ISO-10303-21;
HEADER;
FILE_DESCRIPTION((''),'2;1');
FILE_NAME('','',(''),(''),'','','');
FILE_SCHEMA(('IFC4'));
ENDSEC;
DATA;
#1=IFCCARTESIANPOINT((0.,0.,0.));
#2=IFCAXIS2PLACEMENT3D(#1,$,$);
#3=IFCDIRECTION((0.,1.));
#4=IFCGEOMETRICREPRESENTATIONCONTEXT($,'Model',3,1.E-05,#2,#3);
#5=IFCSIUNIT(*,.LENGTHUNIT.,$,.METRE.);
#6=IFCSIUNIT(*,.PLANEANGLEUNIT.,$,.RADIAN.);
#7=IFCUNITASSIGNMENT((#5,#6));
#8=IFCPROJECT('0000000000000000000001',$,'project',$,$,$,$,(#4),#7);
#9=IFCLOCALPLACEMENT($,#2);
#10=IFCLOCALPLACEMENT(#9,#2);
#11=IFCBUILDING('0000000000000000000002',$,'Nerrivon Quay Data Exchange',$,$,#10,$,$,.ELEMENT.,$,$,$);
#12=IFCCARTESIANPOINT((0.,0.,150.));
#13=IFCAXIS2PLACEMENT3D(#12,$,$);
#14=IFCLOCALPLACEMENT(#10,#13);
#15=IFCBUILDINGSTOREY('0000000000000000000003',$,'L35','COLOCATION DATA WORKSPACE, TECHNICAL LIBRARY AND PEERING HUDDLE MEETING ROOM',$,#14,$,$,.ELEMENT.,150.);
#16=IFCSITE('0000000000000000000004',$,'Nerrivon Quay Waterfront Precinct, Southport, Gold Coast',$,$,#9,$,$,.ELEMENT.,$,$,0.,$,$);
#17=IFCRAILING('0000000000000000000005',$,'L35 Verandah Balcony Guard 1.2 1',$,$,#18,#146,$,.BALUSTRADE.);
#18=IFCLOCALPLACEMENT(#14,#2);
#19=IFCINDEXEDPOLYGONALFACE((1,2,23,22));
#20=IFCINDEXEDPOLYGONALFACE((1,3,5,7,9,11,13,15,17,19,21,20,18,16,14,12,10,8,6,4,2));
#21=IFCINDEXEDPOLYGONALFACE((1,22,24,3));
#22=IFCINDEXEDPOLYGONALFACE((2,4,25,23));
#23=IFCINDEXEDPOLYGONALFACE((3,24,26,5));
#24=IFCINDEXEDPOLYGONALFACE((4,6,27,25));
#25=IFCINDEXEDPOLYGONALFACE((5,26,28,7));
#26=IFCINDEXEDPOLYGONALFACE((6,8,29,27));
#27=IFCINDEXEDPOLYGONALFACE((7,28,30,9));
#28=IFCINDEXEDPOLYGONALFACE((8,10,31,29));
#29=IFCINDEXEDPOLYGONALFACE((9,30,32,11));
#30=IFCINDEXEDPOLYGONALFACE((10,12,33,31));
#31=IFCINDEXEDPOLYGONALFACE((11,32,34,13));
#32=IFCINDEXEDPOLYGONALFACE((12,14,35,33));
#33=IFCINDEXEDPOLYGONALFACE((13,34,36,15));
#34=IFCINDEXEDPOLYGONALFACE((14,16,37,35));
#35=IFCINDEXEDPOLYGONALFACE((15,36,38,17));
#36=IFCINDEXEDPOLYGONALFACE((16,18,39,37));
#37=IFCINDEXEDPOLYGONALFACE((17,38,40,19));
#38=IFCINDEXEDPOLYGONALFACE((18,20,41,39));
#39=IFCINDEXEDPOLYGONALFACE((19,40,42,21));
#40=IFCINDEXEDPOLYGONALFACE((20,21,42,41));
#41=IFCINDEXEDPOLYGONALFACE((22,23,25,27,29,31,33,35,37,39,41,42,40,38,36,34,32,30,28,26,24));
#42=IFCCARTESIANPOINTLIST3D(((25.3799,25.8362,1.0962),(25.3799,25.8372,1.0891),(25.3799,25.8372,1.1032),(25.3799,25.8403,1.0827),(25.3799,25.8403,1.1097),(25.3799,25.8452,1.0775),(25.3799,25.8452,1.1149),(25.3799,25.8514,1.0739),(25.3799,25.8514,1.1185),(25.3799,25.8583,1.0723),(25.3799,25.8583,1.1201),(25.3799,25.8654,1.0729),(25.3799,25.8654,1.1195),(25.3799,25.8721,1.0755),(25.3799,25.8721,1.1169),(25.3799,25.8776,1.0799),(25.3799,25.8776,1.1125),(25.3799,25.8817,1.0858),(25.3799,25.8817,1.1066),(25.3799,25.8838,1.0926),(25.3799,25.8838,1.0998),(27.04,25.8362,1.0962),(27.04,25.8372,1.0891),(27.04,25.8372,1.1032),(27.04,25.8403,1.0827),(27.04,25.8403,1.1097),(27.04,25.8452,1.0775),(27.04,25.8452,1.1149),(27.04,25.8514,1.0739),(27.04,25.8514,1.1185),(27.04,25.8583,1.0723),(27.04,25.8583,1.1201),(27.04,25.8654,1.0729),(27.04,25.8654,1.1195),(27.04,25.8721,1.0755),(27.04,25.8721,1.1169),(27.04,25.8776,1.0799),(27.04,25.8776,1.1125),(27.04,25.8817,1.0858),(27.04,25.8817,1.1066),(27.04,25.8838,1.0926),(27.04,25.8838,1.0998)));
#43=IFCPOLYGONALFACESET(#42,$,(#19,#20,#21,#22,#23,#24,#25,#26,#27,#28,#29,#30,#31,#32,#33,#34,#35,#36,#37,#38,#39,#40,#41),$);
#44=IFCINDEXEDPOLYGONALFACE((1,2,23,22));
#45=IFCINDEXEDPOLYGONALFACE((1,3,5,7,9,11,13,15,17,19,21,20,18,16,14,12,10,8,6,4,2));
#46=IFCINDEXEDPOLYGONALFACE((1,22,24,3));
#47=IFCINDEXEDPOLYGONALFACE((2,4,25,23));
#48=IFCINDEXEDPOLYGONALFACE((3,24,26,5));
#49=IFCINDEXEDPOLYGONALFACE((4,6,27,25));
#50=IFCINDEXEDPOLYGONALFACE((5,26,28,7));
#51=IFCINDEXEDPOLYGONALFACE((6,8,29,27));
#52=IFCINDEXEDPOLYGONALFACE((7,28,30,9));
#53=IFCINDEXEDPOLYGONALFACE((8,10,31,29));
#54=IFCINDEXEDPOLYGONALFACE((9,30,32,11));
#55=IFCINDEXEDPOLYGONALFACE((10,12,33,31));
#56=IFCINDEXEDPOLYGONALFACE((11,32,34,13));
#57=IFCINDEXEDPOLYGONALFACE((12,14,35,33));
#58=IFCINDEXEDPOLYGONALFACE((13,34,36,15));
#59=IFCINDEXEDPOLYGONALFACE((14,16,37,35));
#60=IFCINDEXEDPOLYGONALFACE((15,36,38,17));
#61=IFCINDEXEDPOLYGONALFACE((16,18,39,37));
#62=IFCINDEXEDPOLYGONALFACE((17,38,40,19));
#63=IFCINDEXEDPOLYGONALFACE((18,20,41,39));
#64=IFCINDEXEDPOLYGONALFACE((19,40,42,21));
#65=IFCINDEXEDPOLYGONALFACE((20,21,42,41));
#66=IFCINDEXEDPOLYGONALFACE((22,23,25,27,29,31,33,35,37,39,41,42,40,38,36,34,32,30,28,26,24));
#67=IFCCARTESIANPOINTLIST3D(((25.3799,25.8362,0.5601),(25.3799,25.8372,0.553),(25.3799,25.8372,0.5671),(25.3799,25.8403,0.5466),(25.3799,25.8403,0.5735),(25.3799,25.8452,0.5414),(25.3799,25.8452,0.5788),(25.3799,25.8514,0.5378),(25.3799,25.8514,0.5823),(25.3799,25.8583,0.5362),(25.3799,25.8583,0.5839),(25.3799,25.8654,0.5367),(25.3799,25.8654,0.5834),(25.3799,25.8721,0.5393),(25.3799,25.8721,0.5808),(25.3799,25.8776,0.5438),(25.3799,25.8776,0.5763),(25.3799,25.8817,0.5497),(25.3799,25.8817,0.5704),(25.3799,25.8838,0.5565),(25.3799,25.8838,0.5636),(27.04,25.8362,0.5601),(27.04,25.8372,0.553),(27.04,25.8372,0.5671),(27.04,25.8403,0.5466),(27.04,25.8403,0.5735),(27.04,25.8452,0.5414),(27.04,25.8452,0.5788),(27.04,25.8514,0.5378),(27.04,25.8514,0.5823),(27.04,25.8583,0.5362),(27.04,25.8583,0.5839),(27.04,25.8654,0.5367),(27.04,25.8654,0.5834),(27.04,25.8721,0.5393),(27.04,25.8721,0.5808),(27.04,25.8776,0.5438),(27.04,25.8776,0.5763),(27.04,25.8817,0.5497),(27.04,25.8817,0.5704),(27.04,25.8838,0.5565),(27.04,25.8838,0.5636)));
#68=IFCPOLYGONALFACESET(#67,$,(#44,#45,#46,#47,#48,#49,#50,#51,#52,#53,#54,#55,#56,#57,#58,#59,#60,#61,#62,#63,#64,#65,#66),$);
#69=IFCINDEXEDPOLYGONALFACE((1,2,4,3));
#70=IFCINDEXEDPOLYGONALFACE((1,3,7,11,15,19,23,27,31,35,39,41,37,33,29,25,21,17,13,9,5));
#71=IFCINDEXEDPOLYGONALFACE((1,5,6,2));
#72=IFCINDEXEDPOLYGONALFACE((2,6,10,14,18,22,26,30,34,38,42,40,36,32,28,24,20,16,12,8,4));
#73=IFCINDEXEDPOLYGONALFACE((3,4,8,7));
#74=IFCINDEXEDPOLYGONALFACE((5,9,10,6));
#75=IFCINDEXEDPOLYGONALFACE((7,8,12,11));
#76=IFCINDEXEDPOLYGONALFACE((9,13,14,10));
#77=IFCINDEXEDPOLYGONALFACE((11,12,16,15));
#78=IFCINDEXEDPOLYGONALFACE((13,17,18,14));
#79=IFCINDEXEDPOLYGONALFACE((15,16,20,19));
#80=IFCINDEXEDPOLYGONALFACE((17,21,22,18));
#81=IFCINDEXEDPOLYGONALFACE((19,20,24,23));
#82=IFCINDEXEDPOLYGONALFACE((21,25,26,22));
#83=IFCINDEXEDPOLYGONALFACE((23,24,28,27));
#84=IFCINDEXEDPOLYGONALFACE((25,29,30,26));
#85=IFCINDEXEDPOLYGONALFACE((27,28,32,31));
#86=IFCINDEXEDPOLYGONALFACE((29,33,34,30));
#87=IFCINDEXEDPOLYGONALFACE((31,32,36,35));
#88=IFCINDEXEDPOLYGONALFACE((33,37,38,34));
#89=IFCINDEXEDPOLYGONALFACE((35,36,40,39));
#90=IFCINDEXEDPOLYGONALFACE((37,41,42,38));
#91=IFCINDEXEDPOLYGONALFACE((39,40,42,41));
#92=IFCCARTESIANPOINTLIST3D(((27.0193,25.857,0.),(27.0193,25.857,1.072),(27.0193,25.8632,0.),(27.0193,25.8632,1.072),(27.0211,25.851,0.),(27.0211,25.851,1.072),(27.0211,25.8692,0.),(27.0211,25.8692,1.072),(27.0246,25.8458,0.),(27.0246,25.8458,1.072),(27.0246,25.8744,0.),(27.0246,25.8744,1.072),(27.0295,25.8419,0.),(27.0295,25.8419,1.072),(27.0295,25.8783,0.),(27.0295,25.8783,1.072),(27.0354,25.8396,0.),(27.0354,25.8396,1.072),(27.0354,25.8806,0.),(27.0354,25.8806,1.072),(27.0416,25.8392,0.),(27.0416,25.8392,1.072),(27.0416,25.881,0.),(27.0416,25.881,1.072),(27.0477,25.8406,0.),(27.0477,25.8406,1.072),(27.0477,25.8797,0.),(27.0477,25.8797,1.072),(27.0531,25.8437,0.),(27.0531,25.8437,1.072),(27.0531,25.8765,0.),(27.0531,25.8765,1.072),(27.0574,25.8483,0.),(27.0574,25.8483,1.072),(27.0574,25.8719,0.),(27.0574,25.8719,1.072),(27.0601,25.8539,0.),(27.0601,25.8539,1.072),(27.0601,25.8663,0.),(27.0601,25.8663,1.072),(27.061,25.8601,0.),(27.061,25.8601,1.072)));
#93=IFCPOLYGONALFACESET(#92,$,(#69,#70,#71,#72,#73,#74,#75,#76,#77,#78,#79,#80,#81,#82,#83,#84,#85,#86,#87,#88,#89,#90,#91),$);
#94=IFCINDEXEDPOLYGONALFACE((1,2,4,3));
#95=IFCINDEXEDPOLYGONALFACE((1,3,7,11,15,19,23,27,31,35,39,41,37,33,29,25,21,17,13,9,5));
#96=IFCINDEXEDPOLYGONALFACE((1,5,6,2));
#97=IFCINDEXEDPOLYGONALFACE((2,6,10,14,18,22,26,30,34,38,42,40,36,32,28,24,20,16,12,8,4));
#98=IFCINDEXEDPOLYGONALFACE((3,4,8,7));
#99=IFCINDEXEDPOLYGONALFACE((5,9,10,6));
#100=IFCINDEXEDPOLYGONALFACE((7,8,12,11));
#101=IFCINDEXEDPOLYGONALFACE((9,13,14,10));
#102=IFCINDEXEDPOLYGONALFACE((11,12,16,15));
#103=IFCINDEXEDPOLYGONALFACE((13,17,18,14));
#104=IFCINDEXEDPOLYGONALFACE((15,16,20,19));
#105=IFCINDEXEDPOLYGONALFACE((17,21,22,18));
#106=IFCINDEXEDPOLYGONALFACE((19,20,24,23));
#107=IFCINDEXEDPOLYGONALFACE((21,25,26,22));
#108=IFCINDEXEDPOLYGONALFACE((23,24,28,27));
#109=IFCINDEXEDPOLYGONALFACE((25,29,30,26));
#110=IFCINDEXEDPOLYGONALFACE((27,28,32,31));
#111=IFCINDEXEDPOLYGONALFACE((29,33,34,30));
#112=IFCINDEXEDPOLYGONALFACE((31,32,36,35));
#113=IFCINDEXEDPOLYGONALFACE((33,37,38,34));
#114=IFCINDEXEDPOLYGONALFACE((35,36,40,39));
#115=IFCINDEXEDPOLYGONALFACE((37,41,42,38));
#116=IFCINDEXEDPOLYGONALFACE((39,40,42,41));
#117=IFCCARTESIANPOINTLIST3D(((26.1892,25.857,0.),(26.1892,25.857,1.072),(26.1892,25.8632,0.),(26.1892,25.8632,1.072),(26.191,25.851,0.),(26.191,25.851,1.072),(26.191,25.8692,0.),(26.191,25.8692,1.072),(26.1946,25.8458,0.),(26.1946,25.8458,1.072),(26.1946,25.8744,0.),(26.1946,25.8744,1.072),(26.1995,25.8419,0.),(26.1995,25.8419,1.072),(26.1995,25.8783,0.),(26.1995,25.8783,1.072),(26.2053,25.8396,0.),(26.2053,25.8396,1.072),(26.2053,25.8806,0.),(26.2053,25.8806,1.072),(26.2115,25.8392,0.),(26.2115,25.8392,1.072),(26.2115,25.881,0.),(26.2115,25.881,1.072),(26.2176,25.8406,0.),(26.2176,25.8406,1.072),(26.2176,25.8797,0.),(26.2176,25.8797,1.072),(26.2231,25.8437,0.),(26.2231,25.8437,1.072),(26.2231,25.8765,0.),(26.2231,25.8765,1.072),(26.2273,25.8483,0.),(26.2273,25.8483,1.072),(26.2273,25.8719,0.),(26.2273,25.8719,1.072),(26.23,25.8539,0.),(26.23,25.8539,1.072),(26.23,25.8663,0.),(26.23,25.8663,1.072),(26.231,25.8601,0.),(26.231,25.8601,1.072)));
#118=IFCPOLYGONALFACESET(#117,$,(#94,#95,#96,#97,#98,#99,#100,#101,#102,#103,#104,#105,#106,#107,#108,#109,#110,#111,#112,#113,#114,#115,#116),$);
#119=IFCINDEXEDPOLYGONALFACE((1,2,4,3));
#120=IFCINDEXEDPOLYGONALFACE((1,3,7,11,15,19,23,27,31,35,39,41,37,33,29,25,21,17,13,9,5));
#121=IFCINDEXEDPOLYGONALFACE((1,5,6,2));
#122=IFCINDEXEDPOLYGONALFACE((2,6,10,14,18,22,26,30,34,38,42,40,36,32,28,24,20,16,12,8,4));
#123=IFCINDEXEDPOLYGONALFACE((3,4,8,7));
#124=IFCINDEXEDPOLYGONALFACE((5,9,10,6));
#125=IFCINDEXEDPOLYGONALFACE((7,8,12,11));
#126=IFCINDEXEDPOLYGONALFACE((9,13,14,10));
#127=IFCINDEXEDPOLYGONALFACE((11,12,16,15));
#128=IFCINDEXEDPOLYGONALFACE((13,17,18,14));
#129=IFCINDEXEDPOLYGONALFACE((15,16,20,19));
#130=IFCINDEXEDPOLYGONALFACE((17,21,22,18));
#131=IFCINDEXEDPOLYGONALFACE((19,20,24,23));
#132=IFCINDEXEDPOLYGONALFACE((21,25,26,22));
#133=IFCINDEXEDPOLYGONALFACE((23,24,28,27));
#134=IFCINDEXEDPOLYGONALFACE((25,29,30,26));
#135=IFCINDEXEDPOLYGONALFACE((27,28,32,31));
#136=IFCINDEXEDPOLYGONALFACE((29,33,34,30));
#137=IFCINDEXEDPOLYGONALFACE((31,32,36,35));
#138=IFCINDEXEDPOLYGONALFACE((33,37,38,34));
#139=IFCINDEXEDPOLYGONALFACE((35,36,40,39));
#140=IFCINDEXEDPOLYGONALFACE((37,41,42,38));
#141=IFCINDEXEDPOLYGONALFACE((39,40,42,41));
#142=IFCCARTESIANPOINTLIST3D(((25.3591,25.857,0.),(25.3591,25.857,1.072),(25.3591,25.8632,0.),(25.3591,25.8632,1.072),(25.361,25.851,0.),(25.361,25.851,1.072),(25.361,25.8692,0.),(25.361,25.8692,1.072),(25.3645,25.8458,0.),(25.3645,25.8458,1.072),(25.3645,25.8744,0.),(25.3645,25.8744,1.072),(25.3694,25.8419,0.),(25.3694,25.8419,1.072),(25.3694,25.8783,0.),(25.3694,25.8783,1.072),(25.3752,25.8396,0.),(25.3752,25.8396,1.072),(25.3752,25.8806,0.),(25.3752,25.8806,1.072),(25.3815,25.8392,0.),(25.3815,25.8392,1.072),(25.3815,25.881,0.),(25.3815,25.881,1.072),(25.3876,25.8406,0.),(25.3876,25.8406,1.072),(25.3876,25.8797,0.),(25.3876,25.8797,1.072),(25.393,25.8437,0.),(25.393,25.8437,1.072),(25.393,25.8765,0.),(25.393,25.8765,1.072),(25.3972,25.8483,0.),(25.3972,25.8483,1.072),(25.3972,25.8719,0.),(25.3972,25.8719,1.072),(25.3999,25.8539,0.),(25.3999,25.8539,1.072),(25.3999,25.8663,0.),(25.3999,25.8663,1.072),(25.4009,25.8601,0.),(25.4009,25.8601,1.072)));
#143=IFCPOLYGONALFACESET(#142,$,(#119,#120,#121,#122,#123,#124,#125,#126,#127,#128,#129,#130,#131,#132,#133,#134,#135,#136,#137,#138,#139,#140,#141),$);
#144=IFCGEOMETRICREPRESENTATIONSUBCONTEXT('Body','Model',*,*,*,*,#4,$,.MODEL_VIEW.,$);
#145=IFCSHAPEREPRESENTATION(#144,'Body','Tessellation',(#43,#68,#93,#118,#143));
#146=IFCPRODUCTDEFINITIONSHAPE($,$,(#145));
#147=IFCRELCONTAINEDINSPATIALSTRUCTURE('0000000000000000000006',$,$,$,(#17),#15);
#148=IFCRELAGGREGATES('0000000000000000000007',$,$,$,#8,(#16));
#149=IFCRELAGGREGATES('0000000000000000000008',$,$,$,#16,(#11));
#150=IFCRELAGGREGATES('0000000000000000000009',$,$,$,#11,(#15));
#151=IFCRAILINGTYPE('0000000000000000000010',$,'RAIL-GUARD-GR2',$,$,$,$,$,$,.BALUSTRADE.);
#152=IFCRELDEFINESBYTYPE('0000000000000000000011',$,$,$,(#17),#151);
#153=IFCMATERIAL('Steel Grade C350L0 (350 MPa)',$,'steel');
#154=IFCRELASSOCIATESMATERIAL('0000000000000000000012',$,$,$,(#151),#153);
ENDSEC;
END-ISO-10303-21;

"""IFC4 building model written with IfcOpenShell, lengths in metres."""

from ifc_helpers import new_model, si_unit, direction, frame, origin, origin_2d, place, context, subcontext, project, spatial, circle, extrude, material, type_object, element, save


model = new_model("IFC4")

# Units and contexts
model_context = context("Model", 3, precision=1e-05, world=origin(), true_north=direction((0.0, 1.0)))
body_context = subcontext(model_context, "Body", "Model", "MODEL_VIEW")
ifc_project = project(units=[si_unit("LENGTHUNIT", "METRE"), si_unit("PLANEANGLEUNIT", "RADIAN")], contexts=[model_context])

# Site, building, storey
site_placement = place(None, origin())
site = spatial("IfcSite", under=ifc_project, at=site_placement, Name="Nerrivon Quay Waterfront Precinct, Southport, Gold Coast", CompositionType="ELEMENT", RefElevation=0.0)
building_placement = place(site_placement, origin())
building = spatial("IfcBuilding", under=site, at=building_placement, Name="Nerrivon Quay Data Exchange", CompositionType="ELEMENT")
storey_placement = place(building_placement, frame((0.0, 0.0, 150.0)))
storey = spatial("IfcBuildingStorey", under=building, at=storey_placement, Name="L35", Description="COLOCATION DATA WORKSPACE, TECHNICAL LIBRARY AND PEERING HUDDLE MEETING ROOM", CompositionType="ELEMENT", Elevation=150.0)

# Railing
ifc_material_1 = material(Name="Steel Grade C350L0 (350 MPa)", Category="steel")
railing_type = type_object("IfcRailingType", Name="RAIL-GUARD-GR2", PredefinedType="BALUSTRADE", material=ifc_material_1)
railing_1_placement = place(storey_placement, frame((27.04, 25.8601, 0.0)))
element("IfcRailing", 1, at=railing_1_placement, inside=storey, type_object=railing_type, Name="L35 Verandah Balcony Guard 1.2 1", PredefinedType="BALUSTRADE", context=body_context, shape_type="SweptSolid", body=[
    extrude(circle(Radius=0.0239, at=origin_2d()), frame((0.0, 0.0, 1.0962), z_axis=(-1.0, 0.0, 0.0), x_axis=(0.0, -1.0, 0.0)), (0.0, 0.0, 1.0), 1.6602),
    extrude(circle(Radius=0.0239, at=origin_2d()), frame((0.0, 0.0, 0.5601), z_axis=(-1.0, 0.0, 0.0), x_axis=(0.0, -1.0, 0.0)), (0.0, 0.0, 1.0), 1.6602),
    extrude(circle(Radius=0.021, at=origin_2d()), origin(), (0.0, 0.0, 1.0), 1.072),
    extrude(circle(Radius=0.021, at=origin_2d()), frame((-0.8301, 0.0, 0.0)), (0.0, 0.0, 1.0), 1.072),
    extrude(circle(Radius=0.021, at=origin_2d()), frame((-1.6602, 0.0, 0.0)), (0.0, 0.0, 1.0), 1.072),
])

save(model, "model.ifc")
